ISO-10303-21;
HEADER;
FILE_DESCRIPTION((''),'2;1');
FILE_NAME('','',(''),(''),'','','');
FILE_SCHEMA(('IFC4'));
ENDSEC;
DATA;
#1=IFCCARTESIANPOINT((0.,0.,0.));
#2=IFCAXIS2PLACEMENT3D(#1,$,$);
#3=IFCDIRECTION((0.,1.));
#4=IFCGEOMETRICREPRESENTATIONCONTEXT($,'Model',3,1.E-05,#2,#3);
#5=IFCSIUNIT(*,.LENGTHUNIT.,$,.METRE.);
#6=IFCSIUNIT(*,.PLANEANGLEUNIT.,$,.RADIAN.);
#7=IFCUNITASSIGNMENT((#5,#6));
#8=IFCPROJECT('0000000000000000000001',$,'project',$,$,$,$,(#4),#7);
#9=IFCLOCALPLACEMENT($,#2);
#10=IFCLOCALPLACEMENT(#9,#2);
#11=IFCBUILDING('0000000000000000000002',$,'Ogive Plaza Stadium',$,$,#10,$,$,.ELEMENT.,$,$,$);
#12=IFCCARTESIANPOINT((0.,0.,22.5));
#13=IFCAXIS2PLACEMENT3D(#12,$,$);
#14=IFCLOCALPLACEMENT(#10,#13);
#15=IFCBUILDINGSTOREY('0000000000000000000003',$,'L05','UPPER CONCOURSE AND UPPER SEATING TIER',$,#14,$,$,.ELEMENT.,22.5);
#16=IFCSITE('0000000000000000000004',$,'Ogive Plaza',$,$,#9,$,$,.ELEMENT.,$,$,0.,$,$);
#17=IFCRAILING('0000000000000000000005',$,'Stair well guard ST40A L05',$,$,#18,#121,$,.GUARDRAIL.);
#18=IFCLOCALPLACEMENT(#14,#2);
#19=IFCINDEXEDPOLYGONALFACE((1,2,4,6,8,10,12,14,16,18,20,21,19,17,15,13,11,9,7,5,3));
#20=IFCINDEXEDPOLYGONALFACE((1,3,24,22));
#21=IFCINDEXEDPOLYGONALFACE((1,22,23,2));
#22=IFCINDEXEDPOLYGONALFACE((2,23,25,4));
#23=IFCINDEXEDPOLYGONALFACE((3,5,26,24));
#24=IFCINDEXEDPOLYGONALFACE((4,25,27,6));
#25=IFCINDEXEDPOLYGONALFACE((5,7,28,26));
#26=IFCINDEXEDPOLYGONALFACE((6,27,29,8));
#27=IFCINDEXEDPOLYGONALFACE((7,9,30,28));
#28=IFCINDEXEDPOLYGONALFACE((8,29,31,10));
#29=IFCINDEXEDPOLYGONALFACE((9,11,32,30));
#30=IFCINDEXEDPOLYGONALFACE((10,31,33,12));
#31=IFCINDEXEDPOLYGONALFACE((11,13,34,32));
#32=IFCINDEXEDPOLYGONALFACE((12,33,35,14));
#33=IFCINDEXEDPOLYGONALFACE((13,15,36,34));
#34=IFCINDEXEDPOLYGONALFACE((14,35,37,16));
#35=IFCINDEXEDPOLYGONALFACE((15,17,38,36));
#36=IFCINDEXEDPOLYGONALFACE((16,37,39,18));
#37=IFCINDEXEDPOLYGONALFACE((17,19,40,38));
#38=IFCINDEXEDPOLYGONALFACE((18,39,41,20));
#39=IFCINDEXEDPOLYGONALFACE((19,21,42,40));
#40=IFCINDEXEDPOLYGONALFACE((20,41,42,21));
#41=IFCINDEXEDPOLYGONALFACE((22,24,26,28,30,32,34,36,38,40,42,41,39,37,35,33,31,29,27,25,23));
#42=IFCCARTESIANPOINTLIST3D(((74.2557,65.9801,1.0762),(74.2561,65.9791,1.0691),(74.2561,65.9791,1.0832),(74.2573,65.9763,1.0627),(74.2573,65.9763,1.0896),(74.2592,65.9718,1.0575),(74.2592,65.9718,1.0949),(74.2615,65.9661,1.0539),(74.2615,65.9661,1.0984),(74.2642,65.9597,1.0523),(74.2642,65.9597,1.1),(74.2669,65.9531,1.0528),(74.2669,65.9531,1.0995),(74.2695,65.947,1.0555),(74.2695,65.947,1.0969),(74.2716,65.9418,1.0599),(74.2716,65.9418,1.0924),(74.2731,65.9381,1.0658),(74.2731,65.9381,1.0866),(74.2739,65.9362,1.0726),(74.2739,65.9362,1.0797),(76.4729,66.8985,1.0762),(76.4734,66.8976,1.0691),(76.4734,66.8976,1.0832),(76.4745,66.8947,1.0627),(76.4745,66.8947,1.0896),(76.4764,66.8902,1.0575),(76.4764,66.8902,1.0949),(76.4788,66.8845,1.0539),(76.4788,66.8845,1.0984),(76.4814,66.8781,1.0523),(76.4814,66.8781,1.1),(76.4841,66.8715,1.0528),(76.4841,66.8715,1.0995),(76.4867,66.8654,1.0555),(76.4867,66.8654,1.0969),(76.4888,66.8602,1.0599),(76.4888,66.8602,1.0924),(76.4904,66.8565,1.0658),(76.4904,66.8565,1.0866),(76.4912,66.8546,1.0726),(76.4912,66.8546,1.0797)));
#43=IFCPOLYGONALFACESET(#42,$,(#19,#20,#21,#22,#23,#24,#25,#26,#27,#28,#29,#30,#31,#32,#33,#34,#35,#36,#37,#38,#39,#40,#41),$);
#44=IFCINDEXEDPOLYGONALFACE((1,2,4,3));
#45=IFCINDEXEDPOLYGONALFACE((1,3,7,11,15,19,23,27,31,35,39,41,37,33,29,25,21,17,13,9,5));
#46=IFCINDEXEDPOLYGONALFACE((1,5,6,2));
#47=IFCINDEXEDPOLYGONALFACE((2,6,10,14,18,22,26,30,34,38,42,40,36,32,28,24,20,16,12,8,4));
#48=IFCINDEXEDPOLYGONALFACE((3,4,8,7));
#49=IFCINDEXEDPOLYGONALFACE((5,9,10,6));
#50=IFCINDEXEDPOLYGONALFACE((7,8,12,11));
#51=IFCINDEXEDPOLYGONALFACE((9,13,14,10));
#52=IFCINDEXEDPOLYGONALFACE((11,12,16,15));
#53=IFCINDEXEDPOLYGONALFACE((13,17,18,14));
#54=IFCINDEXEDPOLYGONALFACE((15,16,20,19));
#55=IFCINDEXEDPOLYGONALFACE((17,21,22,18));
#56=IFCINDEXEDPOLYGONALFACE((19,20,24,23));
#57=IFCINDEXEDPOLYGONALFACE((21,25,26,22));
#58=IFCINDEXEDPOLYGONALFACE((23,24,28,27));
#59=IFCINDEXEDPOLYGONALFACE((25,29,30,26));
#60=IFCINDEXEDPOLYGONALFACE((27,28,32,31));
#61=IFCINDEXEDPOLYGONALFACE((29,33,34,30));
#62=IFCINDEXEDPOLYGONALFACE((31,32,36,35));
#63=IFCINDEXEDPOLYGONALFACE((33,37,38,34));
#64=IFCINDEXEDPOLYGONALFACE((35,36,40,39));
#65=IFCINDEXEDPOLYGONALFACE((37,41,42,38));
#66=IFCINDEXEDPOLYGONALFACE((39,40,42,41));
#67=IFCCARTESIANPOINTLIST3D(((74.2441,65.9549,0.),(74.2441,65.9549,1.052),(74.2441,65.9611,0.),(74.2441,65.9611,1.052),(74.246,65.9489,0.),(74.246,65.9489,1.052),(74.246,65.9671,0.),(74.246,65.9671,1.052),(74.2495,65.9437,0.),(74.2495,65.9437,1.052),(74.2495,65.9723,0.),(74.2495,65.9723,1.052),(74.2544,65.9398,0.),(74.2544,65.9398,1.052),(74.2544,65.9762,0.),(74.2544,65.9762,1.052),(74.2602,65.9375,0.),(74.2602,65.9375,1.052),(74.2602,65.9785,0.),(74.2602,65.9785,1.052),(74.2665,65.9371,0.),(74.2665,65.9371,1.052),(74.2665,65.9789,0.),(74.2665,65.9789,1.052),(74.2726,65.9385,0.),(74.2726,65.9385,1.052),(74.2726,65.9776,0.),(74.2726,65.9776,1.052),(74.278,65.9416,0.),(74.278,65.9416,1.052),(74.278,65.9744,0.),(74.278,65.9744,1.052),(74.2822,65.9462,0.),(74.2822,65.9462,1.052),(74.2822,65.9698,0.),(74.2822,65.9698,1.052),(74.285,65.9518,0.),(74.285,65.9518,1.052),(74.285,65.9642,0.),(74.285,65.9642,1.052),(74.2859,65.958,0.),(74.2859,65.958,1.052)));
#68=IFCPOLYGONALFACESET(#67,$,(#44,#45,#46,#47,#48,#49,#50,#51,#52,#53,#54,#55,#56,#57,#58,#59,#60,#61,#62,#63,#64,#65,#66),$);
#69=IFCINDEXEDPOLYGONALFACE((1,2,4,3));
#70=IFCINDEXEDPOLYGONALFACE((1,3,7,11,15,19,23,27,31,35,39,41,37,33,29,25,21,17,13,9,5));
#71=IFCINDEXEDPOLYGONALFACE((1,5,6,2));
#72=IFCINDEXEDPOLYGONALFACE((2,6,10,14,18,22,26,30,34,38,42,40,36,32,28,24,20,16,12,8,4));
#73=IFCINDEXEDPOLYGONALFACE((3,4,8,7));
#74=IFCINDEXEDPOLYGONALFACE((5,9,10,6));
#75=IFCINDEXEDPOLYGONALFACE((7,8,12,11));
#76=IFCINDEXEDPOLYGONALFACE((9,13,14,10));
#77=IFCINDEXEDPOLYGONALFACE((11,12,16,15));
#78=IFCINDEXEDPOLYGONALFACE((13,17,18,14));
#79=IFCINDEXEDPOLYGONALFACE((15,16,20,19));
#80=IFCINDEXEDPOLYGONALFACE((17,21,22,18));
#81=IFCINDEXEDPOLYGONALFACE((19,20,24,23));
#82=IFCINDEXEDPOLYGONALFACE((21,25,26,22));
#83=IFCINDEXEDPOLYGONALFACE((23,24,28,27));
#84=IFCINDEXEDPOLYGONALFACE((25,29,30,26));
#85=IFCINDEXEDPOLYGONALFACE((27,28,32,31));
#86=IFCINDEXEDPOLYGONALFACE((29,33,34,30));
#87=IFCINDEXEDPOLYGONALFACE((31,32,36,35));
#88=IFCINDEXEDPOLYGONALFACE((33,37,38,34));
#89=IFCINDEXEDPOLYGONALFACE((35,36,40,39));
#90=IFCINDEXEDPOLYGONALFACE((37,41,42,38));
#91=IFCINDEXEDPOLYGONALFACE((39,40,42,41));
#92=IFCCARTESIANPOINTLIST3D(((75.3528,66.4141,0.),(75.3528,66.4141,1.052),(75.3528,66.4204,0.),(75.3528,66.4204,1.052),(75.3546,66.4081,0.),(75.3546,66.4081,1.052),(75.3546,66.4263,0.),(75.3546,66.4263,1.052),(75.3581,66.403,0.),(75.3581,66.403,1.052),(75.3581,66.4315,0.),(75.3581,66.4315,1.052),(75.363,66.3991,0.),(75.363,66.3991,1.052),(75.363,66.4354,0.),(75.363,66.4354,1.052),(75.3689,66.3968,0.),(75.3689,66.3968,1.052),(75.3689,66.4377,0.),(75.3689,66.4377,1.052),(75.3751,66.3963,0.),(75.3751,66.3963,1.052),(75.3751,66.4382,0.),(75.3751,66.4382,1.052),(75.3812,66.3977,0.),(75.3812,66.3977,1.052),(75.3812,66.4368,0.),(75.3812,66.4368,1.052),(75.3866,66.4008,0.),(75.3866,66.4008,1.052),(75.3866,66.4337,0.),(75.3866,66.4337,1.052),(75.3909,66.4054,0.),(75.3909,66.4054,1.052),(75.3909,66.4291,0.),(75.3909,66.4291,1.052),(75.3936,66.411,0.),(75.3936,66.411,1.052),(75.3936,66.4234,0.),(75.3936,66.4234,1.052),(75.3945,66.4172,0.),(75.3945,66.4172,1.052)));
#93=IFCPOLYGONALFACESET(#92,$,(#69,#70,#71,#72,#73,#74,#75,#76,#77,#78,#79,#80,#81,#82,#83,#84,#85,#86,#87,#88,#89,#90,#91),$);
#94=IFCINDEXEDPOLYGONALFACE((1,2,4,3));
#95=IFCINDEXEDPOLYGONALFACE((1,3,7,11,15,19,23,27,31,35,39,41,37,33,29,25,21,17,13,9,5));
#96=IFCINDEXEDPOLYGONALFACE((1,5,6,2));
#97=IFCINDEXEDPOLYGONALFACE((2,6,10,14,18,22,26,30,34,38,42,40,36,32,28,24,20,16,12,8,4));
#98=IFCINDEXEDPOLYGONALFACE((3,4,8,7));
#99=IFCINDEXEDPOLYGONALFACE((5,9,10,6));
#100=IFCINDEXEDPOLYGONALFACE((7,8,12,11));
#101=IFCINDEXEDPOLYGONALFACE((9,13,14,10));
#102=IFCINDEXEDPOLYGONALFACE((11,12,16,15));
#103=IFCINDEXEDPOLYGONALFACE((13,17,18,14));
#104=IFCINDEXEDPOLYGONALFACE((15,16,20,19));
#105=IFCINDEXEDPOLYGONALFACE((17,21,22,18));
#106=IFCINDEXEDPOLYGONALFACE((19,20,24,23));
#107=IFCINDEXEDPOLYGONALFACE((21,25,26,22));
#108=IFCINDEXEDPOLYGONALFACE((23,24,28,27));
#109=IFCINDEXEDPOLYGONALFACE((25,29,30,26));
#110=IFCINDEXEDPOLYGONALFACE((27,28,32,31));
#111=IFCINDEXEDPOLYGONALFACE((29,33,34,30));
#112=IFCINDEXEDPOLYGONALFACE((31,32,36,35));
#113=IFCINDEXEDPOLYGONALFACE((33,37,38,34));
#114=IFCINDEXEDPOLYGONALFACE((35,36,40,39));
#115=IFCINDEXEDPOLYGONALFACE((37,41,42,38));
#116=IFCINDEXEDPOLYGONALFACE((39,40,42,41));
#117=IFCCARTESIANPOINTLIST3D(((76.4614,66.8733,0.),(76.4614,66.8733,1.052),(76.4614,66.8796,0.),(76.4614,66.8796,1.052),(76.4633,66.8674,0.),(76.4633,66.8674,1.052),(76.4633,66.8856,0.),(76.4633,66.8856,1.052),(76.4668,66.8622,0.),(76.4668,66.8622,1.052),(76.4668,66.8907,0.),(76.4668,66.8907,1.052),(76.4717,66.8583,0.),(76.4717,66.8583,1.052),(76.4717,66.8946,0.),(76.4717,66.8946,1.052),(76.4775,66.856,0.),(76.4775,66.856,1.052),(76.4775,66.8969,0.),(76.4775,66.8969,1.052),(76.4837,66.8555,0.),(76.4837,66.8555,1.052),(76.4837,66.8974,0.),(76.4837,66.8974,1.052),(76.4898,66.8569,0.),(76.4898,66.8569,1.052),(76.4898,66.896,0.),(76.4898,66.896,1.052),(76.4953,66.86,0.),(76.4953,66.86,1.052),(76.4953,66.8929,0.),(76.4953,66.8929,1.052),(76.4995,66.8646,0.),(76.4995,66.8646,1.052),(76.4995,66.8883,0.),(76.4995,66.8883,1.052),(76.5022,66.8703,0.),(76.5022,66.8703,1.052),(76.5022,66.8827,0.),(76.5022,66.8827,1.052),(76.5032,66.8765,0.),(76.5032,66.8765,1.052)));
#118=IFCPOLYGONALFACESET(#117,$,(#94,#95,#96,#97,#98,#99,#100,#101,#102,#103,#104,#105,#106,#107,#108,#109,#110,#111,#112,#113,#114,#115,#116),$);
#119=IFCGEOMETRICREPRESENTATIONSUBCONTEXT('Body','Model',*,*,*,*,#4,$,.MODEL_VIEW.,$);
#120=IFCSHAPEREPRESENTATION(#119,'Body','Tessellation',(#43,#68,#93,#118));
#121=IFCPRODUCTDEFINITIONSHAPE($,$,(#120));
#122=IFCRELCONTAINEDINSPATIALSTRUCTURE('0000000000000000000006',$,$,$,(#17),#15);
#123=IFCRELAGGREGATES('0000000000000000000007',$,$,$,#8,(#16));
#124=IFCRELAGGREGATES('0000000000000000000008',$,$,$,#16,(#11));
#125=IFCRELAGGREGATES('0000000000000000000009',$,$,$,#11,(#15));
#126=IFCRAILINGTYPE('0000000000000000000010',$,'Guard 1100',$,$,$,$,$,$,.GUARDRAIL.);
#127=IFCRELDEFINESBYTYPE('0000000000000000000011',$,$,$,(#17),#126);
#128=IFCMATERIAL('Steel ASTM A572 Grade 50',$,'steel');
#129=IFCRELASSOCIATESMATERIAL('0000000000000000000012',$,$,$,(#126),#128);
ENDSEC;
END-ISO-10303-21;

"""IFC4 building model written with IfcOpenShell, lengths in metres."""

from ifc_helpers import new_model, si_unit, direction, frame, origin, origin_2d, place, context, subcontext, project, spatial, circle, extrude, material, type_object, element, save


model = new_model("IFC4")

# Units and contexts
model_context = context("Model", 3, precision=1e-05, world=origin(), true_north=direction((0.0, 1.0)))
body_context = subcontext(model_context, "Body", "Model", "MODEL_VIEW")
ifc_project = project(units=[si_unit("LENGTHUNIT", "METRE"), si_unit("PLANEANGLEUNIT", "RADIAN")], contexts=[model_context])

# Site, building, storey
site_placement = place(None, origin())
site = spatial("IfcSite", under=ifc_project, at=site_placement, Name="Ogive Plaza", CompositionType="ELEMENT", RefElevation=0.0)
building_placement = place(site_placement, origin())
building = spatial("IfcBuilding", under=site, at=building_placement, Name="Ogive Plaza Stadium", CompositionType="ELEMENT")
storey_placement = place(building_placement, frame((0.0, 0.0, 22.5)))
storey = spatial("IfcBuildingStorey", under=building, at=storey_placement, Name="L05", Description="UPPER CONCOURSE AND UPPER SEATING TIER", CompositionType="ELEMENT", Elevation=22.5)

# Railing
ifc_material_1 = material(Name="Steel ASTM A572 Grade 50", Category="steel")
railing_type = type_object("IfcRailingType", Name="Guard 1100", PredefinedType="GUARDRAIL", material=ifc_material_1)
railing_1_placement = place(storey_placement, frame((74.2649, 65.958, 0.0)))
element("IfcRailing", 1, at=railing_1_placement, inside=storey, type_object=railing_type, Name="Stair well guard ST40A L05", PredefinedType="GUARDRAIL", context=body_context, shape_type="SweptSolid", body=[
    extrude(circle(Radius=0.0239, at=origin_2d()), frame((0.0, 0.0, 1.0762), z_axis=(0.923875, 0.382693, 0.0), x_axis=(-0.382693, 0.923875, 0.0)), (0.0, 0.0, 1.0), 2.3999),
    extrude(circle(Radius=0.021, at=origin_2d()), origin(), (0.0, 0.0, 1.0), 1.052),
    extrude(circle(Radius=0.021, at=origin_2d()), frame((1.1086, 0.4592, 0.0)), (0.0, 0.0, 1.0), 1.052),
    extrude(circle(Radius=0.021, at=origin_2d()), frame((2.2173, 0.9185, 0.0)), (0.0, 0.0, 1.0), 1.052),
])

save(model, "model.ifc")
